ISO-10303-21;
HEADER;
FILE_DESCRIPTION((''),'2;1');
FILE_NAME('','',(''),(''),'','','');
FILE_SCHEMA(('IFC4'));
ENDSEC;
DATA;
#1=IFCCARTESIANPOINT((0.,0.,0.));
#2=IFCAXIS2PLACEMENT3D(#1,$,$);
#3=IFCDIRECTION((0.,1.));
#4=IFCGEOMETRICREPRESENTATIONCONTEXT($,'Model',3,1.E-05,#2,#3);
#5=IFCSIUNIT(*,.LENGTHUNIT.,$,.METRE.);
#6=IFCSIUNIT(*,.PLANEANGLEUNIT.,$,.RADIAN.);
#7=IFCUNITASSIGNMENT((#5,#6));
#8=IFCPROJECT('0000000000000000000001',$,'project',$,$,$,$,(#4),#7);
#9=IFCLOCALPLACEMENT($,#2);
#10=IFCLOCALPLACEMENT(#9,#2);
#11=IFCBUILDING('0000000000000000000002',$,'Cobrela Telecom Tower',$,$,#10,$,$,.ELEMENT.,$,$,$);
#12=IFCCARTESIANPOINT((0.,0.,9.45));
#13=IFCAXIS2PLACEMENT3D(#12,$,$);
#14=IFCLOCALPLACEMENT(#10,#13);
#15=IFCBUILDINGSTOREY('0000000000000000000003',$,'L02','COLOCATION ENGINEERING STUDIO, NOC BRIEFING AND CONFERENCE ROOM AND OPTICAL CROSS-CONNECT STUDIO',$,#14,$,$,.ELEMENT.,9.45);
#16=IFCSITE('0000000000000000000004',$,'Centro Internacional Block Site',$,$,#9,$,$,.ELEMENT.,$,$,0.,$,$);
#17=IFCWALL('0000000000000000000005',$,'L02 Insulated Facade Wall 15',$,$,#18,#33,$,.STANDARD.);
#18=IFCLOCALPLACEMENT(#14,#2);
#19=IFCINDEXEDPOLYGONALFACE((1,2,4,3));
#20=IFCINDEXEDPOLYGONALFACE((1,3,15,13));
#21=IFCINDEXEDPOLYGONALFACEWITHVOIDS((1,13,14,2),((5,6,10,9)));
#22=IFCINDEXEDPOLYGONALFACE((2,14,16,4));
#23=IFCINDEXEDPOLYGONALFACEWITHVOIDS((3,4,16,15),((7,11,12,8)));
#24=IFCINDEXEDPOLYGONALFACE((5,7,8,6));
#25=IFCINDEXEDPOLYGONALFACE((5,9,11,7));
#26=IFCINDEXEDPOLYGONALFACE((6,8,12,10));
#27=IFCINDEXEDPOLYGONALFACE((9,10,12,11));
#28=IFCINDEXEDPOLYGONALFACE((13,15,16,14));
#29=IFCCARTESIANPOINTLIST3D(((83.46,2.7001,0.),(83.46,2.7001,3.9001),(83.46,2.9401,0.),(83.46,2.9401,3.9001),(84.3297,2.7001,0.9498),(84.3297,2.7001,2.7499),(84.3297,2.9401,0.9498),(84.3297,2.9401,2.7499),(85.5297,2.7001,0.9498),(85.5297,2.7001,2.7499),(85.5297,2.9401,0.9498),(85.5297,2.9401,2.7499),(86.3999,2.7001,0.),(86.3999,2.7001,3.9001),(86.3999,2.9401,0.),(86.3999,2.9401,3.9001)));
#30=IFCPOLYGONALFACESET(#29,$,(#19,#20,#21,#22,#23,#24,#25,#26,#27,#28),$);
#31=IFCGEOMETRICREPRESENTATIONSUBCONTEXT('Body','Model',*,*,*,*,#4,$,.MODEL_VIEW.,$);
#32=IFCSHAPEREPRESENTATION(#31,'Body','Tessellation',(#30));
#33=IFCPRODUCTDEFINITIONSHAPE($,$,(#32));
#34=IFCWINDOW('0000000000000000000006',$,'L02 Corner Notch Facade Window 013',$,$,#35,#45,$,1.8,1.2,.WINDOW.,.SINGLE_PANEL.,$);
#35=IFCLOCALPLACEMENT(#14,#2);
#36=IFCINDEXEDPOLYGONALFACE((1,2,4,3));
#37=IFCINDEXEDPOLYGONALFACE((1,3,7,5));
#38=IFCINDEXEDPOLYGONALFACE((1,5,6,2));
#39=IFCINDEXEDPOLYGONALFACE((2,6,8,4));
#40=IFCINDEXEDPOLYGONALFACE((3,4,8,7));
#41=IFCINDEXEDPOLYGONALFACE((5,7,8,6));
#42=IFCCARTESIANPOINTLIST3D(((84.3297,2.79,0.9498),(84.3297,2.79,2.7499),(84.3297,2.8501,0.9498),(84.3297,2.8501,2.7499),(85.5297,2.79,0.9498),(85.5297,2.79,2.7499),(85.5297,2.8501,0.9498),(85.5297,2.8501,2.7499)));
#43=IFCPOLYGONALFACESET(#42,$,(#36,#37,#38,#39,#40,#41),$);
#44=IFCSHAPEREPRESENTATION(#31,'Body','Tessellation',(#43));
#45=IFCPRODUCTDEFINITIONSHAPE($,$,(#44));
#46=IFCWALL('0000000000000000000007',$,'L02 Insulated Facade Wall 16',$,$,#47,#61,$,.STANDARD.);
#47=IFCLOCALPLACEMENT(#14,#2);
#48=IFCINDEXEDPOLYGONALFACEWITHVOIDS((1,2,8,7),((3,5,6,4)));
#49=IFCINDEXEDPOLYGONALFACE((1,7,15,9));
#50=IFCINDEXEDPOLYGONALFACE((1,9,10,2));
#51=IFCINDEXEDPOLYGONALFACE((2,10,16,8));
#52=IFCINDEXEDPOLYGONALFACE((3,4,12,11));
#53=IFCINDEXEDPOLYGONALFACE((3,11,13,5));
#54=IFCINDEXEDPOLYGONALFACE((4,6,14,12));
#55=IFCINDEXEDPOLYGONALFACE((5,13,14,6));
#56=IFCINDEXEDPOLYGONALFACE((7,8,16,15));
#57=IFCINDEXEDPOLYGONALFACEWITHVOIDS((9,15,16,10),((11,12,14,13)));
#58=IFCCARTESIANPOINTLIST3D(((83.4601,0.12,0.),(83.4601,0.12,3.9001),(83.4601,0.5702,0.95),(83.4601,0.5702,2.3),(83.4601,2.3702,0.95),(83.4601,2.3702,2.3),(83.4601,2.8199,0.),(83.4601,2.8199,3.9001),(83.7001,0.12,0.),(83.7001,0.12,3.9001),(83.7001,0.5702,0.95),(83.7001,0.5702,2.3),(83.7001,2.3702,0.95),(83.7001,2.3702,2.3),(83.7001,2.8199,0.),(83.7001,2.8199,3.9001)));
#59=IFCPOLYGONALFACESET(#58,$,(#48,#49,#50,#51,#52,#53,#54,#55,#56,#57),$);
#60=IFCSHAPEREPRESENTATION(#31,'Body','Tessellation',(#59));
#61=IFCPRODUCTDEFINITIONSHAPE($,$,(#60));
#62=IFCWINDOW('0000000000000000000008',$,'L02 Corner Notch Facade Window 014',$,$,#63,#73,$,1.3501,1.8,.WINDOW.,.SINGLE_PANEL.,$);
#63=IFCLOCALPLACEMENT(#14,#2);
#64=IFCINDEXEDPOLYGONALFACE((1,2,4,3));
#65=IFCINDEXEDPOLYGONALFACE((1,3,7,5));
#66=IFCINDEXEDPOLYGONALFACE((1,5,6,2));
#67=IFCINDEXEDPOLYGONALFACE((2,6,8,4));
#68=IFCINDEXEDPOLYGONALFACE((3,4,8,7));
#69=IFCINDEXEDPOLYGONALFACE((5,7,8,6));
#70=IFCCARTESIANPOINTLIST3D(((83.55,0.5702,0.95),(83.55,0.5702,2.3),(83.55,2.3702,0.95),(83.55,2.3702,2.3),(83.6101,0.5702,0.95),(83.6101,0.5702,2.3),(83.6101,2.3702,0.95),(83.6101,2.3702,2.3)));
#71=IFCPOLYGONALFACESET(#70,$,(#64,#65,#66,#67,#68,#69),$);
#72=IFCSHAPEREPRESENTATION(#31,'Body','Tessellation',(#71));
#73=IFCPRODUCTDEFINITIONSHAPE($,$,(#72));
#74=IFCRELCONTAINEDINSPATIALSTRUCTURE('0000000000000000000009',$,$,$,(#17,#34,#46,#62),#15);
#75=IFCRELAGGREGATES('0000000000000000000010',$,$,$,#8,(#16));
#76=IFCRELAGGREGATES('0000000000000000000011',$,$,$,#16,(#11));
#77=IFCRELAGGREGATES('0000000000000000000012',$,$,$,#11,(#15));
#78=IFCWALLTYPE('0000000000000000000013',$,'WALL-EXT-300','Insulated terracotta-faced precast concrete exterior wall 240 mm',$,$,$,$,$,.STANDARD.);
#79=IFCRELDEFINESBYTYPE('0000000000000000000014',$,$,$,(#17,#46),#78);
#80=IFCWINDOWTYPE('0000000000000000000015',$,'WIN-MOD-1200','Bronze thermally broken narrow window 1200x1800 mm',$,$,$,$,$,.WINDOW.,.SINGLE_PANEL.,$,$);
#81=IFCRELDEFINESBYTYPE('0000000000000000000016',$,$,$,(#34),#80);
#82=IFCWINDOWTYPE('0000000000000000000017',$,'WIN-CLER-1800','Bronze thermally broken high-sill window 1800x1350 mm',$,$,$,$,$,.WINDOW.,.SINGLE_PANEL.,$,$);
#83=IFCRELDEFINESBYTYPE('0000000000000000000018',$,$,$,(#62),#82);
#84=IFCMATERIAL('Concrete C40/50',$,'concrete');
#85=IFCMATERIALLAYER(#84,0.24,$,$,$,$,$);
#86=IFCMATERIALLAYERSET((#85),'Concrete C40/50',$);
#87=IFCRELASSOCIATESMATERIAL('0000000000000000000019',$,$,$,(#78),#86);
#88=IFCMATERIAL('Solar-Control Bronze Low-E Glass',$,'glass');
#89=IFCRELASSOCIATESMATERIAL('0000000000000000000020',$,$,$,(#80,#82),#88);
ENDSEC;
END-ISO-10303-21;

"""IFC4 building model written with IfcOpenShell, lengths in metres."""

from ifc_helpers import new_model, si_unit, direction, frame, frame_2d, origin, place, context, subcontext, project, spatial, rectangle, extrude, material, layer, layer_set, type_object, element, fill, save


model = new_model("IFC4")

# Units and contexts
model_context = context("Model", 3, precision=1e-05, world=origin(), true_north=direction((0.0, 1.0)))
body_context = subcontext(model_context, "Body", "Model", "MODEL_VIEW")
ifc_project = project(units=[si_unit("LENGTHUNIT", "METRE"), si_unit("PLANEANGLEUNIT", "RADIAN")], contexts=[model_context])

# Site, building, storey
site_placement = place(None, origin())
site = spatial("IfcSite", under=ifc_project, at=site_placement, Name="Centro Internacional Block Site", CompositionType="ELEMENT", RefElevation=0.0)
building_placement = place(site_placement, origin())
building = spatial("IfcBuilding", under=site, at=building_placement, Name="Cobrela Telecom Tower", CompositionType="ELEMENT")
storey_placement = place(building_placement, frame((0.0, 0.0, 9.45)))
storey = spatial("IfcBuildingStorey", under=building, at=storey_placement, Name="L02", Description="COLOCATION ENGINEERING STUDIO, NOC BRIEFING AND CONFERENCE ROOM AND OPTICAL CROSS-CONNECT STUDIO", CompositionType="ELEMENT", Elevation=9.45)

# Shared definitions
ifc_material_1 = material(Name="Concrete C40/50", Category="concrete")

# Shared definitions
ifc_material_2 = material(Name="Solar-Control Bronze Low-E Glass", Category="glass")

# Walls, openings, windows
ifc_layer_1 = layer(ifc_material_1, 0.24)
ifc_layer_set_1 = layer_set([ifc_layer_1], Name="Concrete C40/50")
wall_type = type_object("IfcWallType", Name="WALL-EXT-300", Description="Insulated terracotta-faced precast concrete exterior wall 240 mm", PredefinedType="STANDARD", material=ifc_layer_set_1)
wall_1_placement = place(storey_placement, frame((86.3999, 2.8201, 0.0), z_axis=(0.0, 0.0, 1.0), x_axis=(-1.0, 0.0, 0.0)))
wall_1 = element("IfcWall", 1, at=wall_1_placement, inside=storey, type_object=wall_type, Name="L02 Insulated Facade Wall 15", PredefinedType="STANDARD", context=body_context, shape_type="SweptSolid", body=[
    extrude(rectangle(XDim=2.9399, YDim=0.24, at=frame_2d((1.47, 0.0))), origin(), (0.0, 0.0, 1.0), 3.9001),
])
opening_1_placement = place(wall_1_placement, frame((0.8701, 0.0, 0.95)))
opening_1 = element("IfcOpeningElement", 2, at=opening_1_placement, cuts=wall_1, PredefinedType="OPENING", context=body_context, shape_type="SweptSolid", body=[
    extrude(rectangle(XDim=1.2, YDim=1.8, at=frame_2d((0.6001, 0.8999))), frame((0.0, 0.1318, 0.0), z_axis=(0.0, -1.0, 0.0), x_axis=(1.0, 0.0, 0.0)), (0.0, 0.0, 1.0), 0.2639),
])
window_type_1 = type_object("IfcWindowType", Name="WIN-MOD-1200", Description="Bronze thermally broken narrow window 1200x1800 mm", PartitioningType="SINGLE_PANEL", PredefinedType="WINDOW", material=ifc_material_2)
window_1_placement = place(opening_1_placement, origin())
window_1 = element("IfcWindow", 3, at=window_1_placement, inside=storey, type_object=window_type_1, Name="L02 Corner Notch Facade Window 013", OverallHeight=1.8, OverallWidth=1.2, PartitioningType="SINGLE_PANEL", PredefinedType="WINDOW", context=body_context, shape_type="SweptSolid", body=[
    extrude(rectangle(XDim=1.2, YDim=1.8, at=frame_2d((0.6001, 0.8999))), frame((0.0, 0.03, 0.0), z_axis=(0.0, -1.0, 0.0), x_axis=(1.0, 0.0, 0.0)), (0.0, 0.0, 1.0), 0.0601),
])
fill(opening_1, window_1)
wall_2_placement = place(storey_placement, frame((83.5801, 2.8201, 0.0), z_axis=(0.0, 0.0, 1.0), x_axis=(0.0, -1.0, 0.0)))
wall_2 = element("IfcWall", 4, at=wall_2_placement, inside=storey, type_object=wall_type, Name="L02 Insulated Facade Wall 16", PredefinedType="STANDARD", context=body_context, shape_type="SweptSolid", body=[
    extrude(rectangle(XDim=2.7, YDim=0.24, at=frame_2d((1.3501, 0.0))), origin(), (0.0, 0.0, 1.0), 3.9001),
])
opening_2_placement = place(wall_2_placement, frame((0.45, 0.0, 0.95)))
opening_2 = element("IfcOpeningElement", 5, at=opening_2_placement, cuts=wall_2, PredefinedType="OPENING", context=body_context, shape_type="SweptSolid", body=[
    extrude(rectangle(XDim=1.8, YDim=1.3501, at=frame_2d((0.8999, 0.675))), frame((0.0, 0.1318, 0.0), z_axis=(0.0, -1.0, 0.0), x_axis=(1.0, 0.0, 0.0)), (0.0, 0.0, 1.0), 0.2639),
])
window_type_2 = type_object("IfcWindowType", Name="WIN-CLER-1800", Description="Bronze thermally broken high-sill window 1800x1350 mm", PartitioningType="SINGLE_PANEL", PredefinedType="WINDOW", material=ifc_material_2)
window_2_placement = place(opening_2_placement, origin())
window_2 = element("IfcWindow", 6, at=window_2_placement, inside=storey, type_object=window_type_2, Name="L02 Corner Notch Facade Window 014", OverallHeight=1.3501, OverallWidth=1.8, PartitioningType="SINGLE_PANEL", PredefinedType="WINDOW", context=body_context, shape_type="SweptSolid", body=[
    extrude(rectangle(XDim=1.8, YDim=1.3501, at=frame_2d((0.8999, 0.675))), frame((0.0, 0.03, 0.0), z_axis=(0.0, -1.0, 0.0), x_axis=(1.0, 0.0, 0.0)), (0.0, 0.0, 1.0), 0.0601),
])
fill(opening_2, window_2)

save(model, "model.ifc")
